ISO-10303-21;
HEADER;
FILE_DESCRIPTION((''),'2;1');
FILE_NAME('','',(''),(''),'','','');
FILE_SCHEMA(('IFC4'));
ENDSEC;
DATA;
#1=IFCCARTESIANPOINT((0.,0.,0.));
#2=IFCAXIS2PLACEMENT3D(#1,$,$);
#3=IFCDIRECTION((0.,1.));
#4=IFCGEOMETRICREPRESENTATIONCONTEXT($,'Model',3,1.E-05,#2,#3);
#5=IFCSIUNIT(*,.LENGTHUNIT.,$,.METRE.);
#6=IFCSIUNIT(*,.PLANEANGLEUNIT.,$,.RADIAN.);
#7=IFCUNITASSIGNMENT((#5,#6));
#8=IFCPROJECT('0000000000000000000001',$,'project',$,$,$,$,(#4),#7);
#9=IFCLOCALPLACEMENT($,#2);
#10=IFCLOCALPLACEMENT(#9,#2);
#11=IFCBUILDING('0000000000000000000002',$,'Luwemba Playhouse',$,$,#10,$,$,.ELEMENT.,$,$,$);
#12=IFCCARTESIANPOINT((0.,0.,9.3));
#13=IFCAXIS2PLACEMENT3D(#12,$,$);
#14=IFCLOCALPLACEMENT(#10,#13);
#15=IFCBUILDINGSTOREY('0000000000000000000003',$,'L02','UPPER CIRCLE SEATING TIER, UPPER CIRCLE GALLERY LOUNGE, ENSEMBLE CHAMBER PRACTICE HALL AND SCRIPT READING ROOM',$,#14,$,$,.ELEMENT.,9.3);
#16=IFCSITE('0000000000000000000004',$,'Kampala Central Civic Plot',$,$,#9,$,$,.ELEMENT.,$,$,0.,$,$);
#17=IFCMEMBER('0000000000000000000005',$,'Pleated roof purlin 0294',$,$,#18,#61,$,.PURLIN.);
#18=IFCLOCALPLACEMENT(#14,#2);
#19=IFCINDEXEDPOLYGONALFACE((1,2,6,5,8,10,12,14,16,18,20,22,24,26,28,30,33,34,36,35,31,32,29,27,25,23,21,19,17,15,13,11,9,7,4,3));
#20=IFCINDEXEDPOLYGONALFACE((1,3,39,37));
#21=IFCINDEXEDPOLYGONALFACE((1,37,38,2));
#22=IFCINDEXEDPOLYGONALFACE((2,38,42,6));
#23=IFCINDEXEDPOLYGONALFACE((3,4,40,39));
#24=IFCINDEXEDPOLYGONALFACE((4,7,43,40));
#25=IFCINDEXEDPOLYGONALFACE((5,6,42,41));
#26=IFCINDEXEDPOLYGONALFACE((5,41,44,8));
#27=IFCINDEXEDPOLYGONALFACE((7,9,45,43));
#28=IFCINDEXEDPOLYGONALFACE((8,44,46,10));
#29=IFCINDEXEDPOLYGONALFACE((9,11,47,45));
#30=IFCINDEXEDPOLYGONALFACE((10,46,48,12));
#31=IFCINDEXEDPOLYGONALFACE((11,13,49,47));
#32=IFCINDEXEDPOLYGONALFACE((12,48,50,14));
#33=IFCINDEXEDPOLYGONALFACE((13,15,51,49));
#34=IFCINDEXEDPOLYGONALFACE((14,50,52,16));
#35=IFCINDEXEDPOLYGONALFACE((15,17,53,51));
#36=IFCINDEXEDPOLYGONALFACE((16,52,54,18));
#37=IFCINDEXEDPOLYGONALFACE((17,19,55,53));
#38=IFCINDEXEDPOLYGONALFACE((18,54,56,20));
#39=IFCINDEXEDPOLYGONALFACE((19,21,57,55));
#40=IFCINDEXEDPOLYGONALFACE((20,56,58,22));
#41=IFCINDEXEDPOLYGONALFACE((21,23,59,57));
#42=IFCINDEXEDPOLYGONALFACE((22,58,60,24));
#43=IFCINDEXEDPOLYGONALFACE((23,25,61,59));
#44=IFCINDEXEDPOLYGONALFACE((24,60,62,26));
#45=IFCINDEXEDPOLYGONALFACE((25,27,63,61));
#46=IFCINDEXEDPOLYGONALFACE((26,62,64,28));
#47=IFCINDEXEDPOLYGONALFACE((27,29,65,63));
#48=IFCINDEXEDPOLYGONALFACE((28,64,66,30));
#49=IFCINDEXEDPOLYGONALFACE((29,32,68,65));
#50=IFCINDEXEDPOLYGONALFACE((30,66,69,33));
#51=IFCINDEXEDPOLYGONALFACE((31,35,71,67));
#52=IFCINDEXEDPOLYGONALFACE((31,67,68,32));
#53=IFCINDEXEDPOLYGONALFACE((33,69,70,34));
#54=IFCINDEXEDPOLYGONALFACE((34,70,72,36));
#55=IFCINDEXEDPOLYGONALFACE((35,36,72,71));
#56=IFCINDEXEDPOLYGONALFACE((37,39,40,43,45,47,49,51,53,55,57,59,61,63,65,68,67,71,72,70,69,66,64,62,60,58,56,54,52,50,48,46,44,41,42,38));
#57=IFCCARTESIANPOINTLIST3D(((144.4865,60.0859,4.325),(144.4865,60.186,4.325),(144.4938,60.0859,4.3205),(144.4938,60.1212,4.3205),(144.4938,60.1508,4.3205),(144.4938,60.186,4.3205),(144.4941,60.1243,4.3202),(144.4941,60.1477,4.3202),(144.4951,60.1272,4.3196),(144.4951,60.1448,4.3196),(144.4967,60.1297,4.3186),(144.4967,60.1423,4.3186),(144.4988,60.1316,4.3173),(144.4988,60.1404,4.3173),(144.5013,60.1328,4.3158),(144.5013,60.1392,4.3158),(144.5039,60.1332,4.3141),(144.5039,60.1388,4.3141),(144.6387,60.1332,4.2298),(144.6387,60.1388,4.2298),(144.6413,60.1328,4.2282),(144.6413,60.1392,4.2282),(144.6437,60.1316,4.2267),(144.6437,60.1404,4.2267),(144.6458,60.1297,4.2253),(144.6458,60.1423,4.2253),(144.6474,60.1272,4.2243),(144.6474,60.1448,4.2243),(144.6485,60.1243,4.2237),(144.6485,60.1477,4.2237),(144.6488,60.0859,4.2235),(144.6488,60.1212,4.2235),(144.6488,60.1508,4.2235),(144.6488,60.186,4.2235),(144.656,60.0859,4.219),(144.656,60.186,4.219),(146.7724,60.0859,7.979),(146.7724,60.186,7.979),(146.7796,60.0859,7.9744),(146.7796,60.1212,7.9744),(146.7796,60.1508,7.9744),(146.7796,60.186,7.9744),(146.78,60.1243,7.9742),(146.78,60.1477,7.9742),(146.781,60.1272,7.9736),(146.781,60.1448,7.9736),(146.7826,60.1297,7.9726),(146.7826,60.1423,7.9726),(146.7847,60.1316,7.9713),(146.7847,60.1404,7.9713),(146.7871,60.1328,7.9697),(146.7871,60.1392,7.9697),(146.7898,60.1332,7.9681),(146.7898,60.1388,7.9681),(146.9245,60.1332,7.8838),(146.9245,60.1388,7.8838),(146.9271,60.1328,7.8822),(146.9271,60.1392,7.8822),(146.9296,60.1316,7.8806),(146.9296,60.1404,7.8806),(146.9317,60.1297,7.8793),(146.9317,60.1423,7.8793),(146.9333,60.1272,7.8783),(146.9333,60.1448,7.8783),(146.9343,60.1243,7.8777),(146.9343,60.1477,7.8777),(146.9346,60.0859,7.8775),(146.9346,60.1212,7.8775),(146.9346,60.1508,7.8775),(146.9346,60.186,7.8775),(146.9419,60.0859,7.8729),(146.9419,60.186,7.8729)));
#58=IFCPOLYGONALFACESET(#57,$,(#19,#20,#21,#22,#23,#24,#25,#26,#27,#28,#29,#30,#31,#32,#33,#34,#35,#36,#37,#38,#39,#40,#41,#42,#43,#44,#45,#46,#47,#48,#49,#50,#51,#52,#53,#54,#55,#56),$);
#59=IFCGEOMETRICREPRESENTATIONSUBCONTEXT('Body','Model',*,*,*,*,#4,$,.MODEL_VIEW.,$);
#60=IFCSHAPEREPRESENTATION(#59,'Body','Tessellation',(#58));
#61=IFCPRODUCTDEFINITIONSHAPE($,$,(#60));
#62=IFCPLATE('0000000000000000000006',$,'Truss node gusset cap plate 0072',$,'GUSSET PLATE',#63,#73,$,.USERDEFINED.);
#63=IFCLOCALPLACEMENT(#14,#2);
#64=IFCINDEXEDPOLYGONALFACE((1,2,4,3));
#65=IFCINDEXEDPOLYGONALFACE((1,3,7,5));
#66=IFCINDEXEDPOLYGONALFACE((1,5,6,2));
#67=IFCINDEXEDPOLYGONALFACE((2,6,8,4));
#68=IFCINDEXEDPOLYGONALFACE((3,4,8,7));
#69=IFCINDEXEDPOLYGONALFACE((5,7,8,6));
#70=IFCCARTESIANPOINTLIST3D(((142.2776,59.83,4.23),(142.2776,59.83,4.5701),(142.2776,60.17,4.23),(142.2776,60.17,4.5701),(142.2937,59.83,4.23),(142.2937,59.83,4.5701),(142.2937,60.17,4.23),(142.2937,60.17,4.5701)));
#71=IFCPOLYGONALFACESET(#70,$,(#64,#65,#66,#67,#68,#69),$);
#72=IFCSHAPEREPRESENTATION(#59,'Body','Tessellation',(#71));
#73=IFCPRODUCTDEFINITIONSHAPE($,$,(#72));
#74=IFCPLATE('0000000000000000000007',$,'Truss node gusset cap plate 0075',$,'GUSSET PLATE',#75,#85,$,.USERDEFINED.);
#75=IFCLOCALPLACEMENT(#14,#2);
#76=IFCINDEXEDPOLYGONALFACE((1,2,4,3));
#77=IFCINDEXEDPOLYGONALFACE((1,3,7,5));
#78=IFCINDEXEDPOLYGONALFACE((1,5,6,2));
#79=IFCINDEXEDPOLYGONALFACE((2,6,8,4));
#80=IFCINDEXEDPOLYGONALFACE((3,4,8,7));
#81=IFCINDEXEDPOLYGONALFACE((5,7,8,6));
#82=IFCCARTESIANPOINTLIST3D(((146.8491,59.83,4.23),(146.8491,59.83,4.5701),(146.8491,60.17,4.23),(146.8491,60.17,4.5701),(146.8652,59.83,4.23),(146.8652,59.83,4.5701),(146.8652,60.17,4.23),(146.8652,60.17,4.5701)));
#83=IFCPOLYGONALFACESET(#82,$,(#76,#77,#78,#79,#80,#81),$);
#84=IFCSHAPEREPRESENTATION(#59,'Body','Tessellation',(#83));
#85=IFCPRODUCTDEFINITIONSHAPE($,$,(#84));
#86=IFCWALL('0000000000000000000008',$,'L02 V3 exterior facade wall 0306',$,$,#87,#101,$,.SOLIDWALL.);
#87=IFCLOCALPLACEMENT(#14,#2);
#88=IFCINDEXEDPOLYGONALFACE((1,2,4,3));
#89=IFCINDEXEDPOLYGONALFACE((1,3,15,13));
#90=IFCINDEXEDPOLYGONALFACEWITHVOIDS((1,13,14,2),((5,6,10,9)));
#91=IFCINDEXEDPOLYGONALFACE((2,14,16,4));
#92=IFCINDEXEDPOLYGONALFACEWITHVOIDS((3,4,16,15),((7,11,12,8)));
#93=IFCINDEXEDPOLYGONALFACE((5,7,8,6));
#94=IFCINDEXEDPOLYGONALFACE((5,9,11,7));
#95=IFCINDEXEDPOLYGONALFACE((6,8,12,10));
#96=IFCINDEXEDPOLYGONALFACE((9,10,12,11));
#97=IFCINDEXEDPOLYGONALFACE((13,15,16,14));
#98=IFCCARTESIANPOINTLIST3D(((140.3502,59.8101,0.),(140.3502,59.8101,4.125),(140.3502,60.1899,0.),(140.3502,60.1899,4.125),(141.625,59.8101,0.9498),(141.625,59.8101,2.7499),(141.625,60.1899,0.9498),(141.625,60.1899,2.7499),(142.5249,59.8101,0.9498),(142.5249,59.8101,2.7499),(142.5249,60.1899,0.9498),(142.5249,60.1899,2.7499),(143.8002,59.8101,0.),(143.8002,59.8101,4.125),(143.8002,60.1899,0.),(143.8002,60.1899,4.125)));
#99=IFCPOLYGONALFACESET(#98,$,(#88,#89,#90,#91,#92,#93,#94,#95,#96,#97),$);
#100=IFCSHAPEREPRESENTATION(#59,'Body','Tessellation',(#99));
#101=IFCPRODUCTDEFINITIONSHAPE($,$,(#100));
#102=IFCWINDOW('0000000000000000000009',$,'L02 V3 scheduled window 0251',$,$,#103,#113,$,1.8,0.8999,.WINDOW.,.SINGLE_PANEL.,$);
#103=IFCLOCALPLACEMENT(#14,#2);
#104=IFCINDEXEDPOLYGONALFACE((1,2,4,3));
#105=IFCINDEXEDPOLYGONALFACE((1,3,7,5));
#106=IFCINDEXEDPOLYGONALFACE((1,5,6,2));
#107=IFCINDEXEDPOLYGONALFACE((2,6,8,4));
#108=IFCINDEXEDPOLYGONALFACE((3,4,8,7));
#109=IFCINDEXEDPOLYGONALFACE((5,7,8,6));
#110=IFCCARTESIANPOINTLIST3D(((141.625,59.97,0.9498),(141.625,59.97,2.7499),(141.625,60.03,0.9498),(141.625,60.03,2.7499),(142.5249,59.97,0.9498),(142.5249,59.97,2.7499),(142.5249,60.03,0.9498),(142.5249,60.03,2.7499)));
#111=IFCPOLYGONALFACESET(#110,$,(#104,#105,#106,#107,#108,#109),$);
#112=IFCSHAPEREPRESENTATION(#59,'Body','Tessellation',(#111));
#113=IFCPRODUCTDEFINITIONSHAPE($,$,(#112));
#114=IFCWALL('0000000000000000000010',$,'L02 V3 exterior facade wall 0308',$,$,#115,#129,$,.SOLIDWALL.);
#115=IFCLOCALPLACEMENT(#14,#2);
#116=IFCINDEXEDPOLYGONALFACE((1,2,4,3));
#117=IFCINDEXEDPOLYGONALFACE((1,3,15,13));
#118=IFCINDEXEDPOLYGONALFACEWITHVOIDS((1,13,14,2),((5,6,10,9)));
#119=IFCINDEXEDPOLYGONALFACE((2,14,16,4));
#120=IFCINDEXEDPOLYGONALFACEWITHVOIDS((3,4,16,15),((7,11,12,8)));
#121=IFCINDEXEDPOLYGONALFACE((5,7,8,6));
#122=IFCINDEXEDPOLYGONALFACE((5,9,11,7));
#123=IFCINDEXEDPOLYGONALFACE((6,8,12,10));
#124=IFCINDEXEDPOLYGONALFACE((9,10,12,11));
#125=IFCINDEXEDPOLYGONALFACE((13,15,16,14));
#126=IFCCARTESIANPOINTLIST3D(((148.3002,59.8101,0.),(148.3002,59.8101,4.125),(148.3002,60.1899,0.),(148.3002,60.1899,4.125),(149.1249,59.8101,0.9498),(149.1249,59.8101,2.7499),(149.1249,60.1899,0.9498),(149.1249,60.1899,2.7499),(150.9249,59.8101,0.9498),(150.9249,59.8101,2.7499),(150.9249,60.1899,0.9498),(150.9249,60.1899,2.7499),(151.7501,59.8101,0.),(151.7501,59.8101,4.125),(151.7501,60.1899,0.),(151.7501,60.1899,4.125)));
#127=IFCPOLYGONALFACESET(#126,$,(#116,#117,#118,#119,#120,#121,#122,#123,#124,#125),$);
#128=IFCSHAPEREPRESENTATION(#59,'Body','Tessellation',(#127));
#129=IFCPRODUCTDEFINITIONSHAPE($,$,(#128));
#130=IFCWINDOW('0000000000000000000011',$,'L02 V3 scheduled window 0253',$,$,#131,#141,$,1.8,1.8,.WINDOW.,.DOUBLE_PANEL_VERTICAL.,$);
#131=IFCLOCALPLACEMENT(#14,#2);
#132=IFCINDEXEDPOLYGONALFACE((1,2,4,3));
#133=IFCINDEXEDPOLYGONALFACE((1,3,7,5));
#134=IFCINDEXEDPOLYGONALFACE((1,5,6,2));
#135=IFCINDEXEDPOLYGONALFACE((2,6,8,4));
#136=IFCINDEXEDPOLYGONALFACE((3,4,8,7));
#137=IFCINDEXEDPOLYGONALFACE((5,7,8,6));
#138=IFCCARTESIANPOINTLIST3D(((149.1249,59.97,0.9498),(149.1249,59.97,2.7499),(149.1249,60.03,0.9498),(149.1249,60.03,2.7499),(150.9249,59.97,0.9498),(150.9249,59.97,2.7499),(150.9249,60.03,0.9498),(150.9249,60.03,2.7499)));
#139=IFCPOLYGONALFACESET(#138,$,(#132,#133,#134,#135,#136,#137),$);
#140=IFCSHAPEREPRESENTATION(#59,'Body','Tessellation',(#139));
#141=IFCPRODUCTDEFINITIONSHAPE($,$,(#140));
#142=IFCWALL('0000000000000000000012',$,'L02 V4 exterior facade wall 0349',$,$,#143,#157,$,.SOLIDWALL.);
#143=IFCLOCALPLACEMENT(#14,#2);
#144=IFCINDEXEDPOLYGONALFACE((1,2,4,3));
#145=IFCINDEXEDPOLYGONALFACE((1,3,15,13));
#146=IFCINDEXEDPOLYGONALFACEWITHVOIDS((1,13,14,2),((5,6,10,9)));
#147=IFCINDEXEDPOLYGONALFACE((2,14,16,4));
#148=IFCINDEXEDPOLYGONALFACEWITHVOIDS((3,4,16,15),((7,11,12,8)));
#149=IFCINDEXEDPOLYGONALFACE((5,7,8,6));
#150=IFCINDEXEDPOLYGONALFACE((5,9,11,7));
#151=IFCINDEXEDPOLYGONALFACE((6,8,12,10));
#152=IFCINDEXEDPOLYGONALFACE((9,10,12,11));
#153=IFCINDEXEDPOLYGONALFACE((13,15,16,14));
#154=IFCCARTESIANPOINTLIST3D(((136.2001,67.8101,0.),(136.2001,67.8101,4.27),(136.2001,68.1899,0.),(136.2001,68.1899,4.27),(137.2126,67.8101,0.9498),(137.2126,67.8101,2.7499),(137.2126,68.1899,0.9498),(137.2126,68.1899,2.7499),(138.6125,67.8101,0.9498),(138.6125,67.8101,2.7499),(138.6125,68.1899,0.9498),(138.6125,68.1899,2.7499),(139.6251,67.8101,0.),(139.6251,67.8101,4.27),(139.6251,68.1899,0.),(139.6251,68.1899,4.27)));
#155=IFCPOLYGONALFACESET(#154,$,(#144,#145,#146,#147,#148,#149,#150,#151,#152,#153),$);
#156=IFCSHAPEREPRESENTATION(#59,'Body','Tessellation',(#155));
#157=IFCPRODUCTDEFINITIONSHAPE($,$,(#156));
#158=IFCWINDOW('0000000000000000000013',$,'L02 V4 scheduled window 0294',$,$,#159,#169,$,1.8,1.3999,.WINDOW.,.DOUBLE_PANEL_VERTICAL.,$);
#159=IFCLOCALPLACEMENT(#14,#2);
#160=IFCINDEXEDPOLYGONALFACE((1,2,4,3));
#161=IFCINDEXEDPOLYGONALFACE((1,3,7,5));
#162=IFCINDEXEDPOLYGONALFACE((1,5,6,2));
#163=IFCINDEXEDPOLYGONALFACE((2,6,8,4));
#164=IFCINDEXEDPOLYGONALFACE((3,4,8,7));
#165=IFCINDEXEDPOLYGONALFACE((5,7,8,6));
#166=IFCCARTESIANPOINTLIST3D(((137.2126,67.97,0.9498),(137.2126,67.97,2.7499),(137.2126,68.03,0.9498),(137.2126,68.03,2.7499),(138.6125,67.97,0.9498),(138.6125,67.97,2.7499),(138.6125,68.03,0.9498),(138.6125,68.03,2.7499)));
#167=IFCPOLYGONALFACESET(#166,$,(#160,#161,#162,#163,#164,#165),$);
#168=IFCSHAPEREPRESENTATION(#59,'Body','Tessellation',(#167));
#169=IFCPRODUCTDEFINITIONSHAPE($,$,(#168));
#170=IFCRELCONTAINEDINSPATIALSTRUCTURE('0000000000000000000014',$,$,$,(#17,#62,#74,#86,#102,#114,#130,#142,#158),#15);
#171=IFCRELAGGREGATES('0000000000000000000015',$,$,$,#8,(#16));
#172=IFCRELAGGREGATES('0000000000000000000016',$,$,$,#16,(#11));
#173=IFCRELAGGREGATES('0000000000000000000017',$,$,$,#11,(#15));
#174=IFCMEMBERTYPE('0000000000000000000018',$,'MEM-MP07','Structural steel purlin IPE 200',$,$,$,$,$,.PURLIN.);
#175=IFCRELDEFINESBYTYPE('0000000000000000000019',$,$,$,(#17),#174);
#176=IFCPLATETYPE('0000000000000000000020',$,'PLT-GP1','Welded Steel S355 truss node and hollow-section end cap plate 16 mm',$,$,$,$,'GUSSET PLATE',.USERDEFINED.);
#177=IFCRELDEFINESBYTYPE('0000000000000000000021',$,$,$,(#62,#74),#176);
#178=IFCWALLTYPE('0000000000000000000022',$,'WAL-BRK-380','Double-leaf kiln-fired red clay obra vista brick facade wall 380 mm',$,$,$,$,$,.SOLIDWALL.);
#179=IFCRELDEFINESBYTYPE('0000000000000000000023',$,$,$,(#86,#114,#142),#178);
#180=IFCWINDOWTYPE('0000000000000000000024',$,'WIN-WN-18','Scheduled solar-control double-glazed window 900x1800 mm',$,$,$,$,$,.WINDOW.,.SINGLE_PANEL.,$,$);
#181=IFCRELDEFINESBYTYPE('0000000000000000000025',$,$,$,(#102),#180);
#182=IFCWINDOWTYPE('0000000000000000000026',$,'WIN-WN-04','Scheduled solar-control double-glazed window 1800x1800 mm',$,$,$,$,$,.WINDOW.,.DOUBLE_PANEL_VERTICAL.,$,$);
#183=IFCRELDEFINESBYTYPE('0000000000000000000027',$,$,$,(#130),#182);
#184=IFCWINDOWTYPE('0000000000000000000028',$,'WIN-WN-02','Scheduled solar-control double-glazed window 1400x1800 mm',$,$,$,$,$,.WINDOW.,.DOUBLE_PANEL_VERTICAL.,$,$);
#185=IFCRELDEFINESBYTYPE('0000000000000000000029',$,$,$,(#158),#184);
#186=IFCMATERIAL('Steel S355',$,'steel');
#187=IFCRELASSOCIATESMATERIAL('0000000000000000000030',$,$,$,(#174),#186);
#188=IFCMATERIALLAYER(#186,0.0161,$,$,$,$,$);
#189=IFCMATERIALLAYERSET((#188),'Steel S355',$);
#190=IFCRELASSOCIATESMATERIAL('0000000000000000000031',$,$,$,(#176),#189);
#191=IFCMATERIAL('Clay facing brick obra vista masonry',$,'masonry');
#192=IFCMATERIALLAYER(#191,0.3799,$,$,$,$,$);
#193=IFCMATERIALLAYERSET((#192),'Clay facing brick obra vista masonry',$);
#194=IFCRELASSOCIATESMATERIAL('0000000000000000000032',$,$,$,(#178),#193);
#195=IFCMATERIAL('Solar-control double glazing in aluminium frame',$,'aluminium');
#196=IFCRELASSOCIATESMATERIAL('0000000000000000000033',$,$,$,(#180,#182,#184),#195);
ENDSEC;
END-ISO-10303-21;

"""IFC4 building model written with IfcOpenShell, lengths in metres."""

from ifc_helpers import new_model, si_unit, direction, frame, frame_2d, origin, origin_2d, place, context, subcontext, project, spatial, rectangle, i_section, extrude, material, layer, layer_set, material_profile, profile_set, type_object, element, fill, save


model = new_model("IFC4")

# Units and contexts
model_context = context("Model", 3, precision=1e-05, world=origin(), true_north=direction((0.0, 1.0)))
body_context = subcontext(model_context, "Body", "Model", "MODEL_VIEW")
ifc_project = project(units=[si_unit("LENGTHUNIT", "METRE"), si_unit("PLANEANGLEUNIT", "RADIAN")], contexts=[model_context])

# Site, building, storey
site_placement = place(None, origin())
site = spatial("IfcSite", under=ifc_project, at=site_placement, Name="Kampala Central Civic Plot", CompositionType="ELEMENT", RefElevation=0.0)
building_placement = place(site_placement, origin())
building = spatial("IfcBuilding", under=site, at=building_placement, Name="Luwemba Playhouse", CompositionType="ELEMENT")
storey_placement = place(building_placement, frame((0.0, 0.0, 9.3)))
storey = spatial("IfcBuildingStorey", under=building, at=storey_placement, Name="L02", Description="UPPER CIRCLE SEATING TIER, UPPER CIRCLE GALLERY LOUNGE, ENSEMBLE CHAMBER PRACTICE HALL AND SCRIPT READING ROOM", CompositionType="ELEMENT", Elevation=9.3)

# Shared definitions
ifc_material_1 = material(Name="Steel S355", Category="steel")

# Member
ifc_material_profile_1 = material_profile(ifc_material_1, i_section(OverallWidth=0.1001, OverallDepth=0.2, WebThickness=0.0056, FlangeThickness=0.0085, FilletRadius=0.012, at=origin_2d()))
ifc_profile_set_1 = profile_set([ifc_material_profile_1], Name="Steel S355")
member_type_1 = type_object("IfcMemberType", Name="MEM-MP07", Description="Structural steel purlin IPE 200", PredefinedType="PURLIN", material=ifc_profile_set_1)
member_1_placement = place(storey_placement, frame((144.5713, 60.136, 4.272), z_axis=(0.53035, 0.0, 0.847779), x_axis=(0.0, 1.0, 0.0)))
element("IfcMember", 1, at=member_1_placement, inside=storey, type_object=member_type_1, Name="Pleated roof purlin 0294", PredefinedType="PURLIN", context=body_context, shape_type="SweptSolid", body=[
    extrude(i_section(OverallWidth=0.1001, OverallDepth=0.2, WebThickness=0.0056, FlangeThickness=0.0085, FilletRadius=0.012, at=origin_2d()), origin(), (0.0, 0.0, 1.0), 4.3101),
])

# Plates
ifc_layer_1 = layer(ifc_material_1, 0.0161)
ifc_layer_set_1 = layer_set([ifc_layer_1], Name="Steel S355")
plate_type = type_object("IfcPlateType", Name="PLT-GP1", Description="Welded Steel S355 truss node and hollow-section end cap plate 16 mm", ElementType="GUSSET PLATE", PredefinedType="USERDEFINED", material=ifc_layer_set_1)
for number, where, z_axis, x_axis, name in (
    (2, (142.2856, 60.0, 4.23), (0.0, 0.0, 1.0), (1.0, 0.0, 0.0), "Truss node gusset cap plate 0072"),
    (3, (146.8572, 60.0, 4.23), (0.0, 0.0, 1.0), (1.0, 0.0, 0.0), "Truss node gusset cap plate 0075"),
):
    element("IfcPlate", number, at=place(storey_placement, frame(where, z_axis=z_axis, x_axis=x_axis)), inside=storey, type_object=plate_type, Name=name, ObjectType="GUSSET PLATE", PredefinedType="USERDEFINED", context=body_context, shape_type="SweptSolid", body=[
        extrude(rectangle(XDim=0.0161, YDim=0.3401, at=origin_2d()), origin(), (0.0, 0.0, 1.0), 0.3401),
    ])

# Walls, openings, windows
ifc_material_2 = material(Name="Clay facing brick obra vista masonry", Category="masonry")
ifc_layer_2 = layer(ifc_material_2, 0.3799)
ifc_layer_set_2 = layer_set([ifc_layer_2], Name="Clay facing brick obra vista masonry")
wall_type_1 = type_object("IfcWallType", Name="WAL-BRK-380", Description="Double-leaf kiln-fired red clay obra vista brick facade wall 380 mm", PredefinedType="SOLIDWALL", material=ifc_layer_set_2)
wall_1_placement = place(storey_placement, frame((140.3501, 60.0, 0.0), z_axis=(0.0, 0.0, 1.0), x_axis=(1.0, 0.0, 0.0)))
wall_1 = element("IfcWall", 4, at=wall_1_placement, inside=storey, type_object=wall_type_1, Name="L02 V3 exterior facade wall 0306", PredefinedType="SOLIDWALL", context=body_context, shape_type="SweptSolid", body=[
    extrude(rectangle(XDim=3.45, YDim=0.3799, at=frame_2d((1.7251, 0.0))), origin(), (0.0, 0.0, 1.0), 4.125),
])
opening_1_placement = place(wall_1_placement, frame((1.2749, 0.0, 0.95)))
opening_1 = element("IfcOpeningElement", 5, at=opening_1_placement, cuts=wall_1, PredefinedType="OPENING", context=body_context, shape_type="SweptSolid", body=[
    extrude(rectangle(XDim=0.8999, YDim=1.8, at=frame_2d((0.45, 0.8999))), frame((0.0, 0.2, 0.0), z_axis=(0.0, -1.0, 0.0), x_axis=(1.0, 0.0, 0.0)), (0.0, 0.0, 1.0), 0.3999),
])
ifc_material_3 = material(Name="Solar-control double glazing in aluminium frame", Category="aluminium")
window_type_1 = type_object("IfcWindowType", Name="WIN-WN-18", Description="Scheduled solar-control double-glazed window 900x1800 mm", PartitioningType="SINGLE_PANEL", PredefinedType="WINDOW", material=ifc_material_3)
window_1_placement = place(opening_1_placement, origin())
window_1 = element("IfcWindow", 6, at=window_1_placement, inside=storey, type_object=window_type_1, Name="L02 V3 scheduled window 0251", OverallHeight=1.8, OverallWidth=0.8999, PartitioningType="SINGLE_PANEL", PredefinedType="WINDOW", context=body_context, shape_type="SweptSolid", body=[
    extrude(rectangle(XDim=0.8999, YDim=1.8, at=frame_2d((0.45, 0.8999))), frame((0.0, 0.03, 0.0), z_axis=(0.0, -1.0, 0.0), x_axis=(1.0, 0.0, 0.0)), (0.0, 0.0, 1.0), 0.0601),
])
fill(opening_1, window_1)
wall_2_placement = place(storey_placement, frame((148.3, 60.0, 0.0), z_axis=(0.0, 0.0, 1.0), x_axis=(1.0, 0.0, 0.0)))
wall_2 = element("IfcWall", 7, at=wall_2_placement, inside=storey, type_object=wall_type_1, Name="L02 V3 exterior facade wall 0308", PredefinedType="SOLIDWALL", context=body_context, shape_type="SweptSolid", body=[
    extrude(rectangle(XDim=3.45, YDim=0.3799, at=frame_2d((1.7251, 0.0))), origin(), (0.0, 0.0, 1.0), 4.125),
])
opening_2_placement = place(wall_2_placement, frame((0.825, 0.0, 0.95)))
opening_2 = element("IfcOpeningElement", 8, at=opening_2_placement, cuts=wall_2, PredefinedType="OPENING", context=body_context, shape_type="SweptSolid", body=[
    extrude(rectangle(XDim=1.8, YDim=1.8, at=frame_2d((0.8999, 0.8999))), frame((0.0, 0.2, 0.0), z_axis=(0.0, -1.0, 0.0), x_axis=(1.0, 0.0, 0.0)), (0.0, 0.0, 1.0), 0.3999),
])
window_type_2 = type_object("IfcWindowType", Name="WIN-WN-04", Description="Scheduled solar-control double-glazed window 1800x1800 mm", PartitioningType="DOUBLE_PANEL_VERTICAL", PredefinedType="WINDOW", material=ifc_material_3)
window_2_placement = place(opening_2_placement, origin())
window_2 = element("IfcWindow", 9, at=window_2_placement, inside=storey, type_object=window_type_2, Name="L02 V3 scheduled window 0253", OverallHeight=1.8, OverallWidth=1.8, PartitioningType="DOUBLE_PANEL_VERTICAL", PredefinedType="WINDOW", context=body_context, shape_type="SweptSolid", body=[
    extrude(rectangle(XDim=1.8, YDim=1.8, at=frame_2d((0.8999, 0.8999))), frame((0.0, 0.03, 0.0), z_axis=(0.0, -1.0, 0.0), x_axis=(1.0, 0.0, 0.0)), (0.0, 0.0, 1.0), 0.0601),
])
fill(opening_2, window_2)
wall_3_placement = place(storey_placement, frame((139.625, 68.0, 0.0), z_axis=(0.0, 0.0, 1.0), x_axis=(-1.0, 0.0, 0.0)))
wall_3 = element("IfcWall", 10, at=wall_3_placement, inside=storey, type_object=wall_type_1, Name="L02 V4 exterior facade wall 0349", PredefinedType="SOLIDWALL", context=body_context, shape_type="SweptSolid", body=[
    extrude(rectangle(XDim=3.425, YDim=0.3799, at=frame_2d((1.7124, 0.0))), origin(), (0.0, 0.0, 1.0), 4.27),
])
opening_3_placement = place(wall_3_placement, frame((1.0125, 0.0, 0.95)))
opening_3 = element("IfcOpeningElement", 11, at=opening_3_placement, cuts=wall_3, PredefinedType="OPENING", context=body_context, shape_type="SweptSolid", body=[
    extrude(rectangle(XDim=1.3999, YDim=1.8, at=frame_2d((0.7, 0.8999))), frame((0.0, 0.2, 0.0), z_axis=(0.0, -1.0, 0.0), x_axis=(1.0, 0.0, 0.0)), (0.0, 0.0, 1.0), 0.3999),
])
window_type_3 = type_object("IfcWindowType", Name="WIN-WN-02", Description="Scheduled solar-control double-glazed window 1400x1800 mm", PartitioningType="DOUBLE_PANEL_VERTICAL", PredefinedType="WINDOW", material=ifc_material_3)
window_3_placement = place(opening_3_placement, origin())
window_3 = element("IfcWindow", 12, at=window_3_placement, inside=storey, type_object=window_type_3, Name="L02 V4 scheduled window 0294", OverallHeight=1.8, OverallWidth=1.3999, PartitioningType="DOUBLE_PANEL_VERTICAL", PredefinedType="WINDOW", context=body_context, shape_type="SweptSolid", body=[
    extrude(rectangle(XDim=1.3999, YDim=1.8, at=frame_2d((0.7, 0.8999))), frame((0.0, 0.03, 0.0), z_axis=(0.0, -1.0, 0.0), x_axis=(1.0, 0.0, 0.0)), (0.0, 0.0, 1.0), 0.0601),
])
fill(opening_3, window_3)

save(model, "model.ifc")
